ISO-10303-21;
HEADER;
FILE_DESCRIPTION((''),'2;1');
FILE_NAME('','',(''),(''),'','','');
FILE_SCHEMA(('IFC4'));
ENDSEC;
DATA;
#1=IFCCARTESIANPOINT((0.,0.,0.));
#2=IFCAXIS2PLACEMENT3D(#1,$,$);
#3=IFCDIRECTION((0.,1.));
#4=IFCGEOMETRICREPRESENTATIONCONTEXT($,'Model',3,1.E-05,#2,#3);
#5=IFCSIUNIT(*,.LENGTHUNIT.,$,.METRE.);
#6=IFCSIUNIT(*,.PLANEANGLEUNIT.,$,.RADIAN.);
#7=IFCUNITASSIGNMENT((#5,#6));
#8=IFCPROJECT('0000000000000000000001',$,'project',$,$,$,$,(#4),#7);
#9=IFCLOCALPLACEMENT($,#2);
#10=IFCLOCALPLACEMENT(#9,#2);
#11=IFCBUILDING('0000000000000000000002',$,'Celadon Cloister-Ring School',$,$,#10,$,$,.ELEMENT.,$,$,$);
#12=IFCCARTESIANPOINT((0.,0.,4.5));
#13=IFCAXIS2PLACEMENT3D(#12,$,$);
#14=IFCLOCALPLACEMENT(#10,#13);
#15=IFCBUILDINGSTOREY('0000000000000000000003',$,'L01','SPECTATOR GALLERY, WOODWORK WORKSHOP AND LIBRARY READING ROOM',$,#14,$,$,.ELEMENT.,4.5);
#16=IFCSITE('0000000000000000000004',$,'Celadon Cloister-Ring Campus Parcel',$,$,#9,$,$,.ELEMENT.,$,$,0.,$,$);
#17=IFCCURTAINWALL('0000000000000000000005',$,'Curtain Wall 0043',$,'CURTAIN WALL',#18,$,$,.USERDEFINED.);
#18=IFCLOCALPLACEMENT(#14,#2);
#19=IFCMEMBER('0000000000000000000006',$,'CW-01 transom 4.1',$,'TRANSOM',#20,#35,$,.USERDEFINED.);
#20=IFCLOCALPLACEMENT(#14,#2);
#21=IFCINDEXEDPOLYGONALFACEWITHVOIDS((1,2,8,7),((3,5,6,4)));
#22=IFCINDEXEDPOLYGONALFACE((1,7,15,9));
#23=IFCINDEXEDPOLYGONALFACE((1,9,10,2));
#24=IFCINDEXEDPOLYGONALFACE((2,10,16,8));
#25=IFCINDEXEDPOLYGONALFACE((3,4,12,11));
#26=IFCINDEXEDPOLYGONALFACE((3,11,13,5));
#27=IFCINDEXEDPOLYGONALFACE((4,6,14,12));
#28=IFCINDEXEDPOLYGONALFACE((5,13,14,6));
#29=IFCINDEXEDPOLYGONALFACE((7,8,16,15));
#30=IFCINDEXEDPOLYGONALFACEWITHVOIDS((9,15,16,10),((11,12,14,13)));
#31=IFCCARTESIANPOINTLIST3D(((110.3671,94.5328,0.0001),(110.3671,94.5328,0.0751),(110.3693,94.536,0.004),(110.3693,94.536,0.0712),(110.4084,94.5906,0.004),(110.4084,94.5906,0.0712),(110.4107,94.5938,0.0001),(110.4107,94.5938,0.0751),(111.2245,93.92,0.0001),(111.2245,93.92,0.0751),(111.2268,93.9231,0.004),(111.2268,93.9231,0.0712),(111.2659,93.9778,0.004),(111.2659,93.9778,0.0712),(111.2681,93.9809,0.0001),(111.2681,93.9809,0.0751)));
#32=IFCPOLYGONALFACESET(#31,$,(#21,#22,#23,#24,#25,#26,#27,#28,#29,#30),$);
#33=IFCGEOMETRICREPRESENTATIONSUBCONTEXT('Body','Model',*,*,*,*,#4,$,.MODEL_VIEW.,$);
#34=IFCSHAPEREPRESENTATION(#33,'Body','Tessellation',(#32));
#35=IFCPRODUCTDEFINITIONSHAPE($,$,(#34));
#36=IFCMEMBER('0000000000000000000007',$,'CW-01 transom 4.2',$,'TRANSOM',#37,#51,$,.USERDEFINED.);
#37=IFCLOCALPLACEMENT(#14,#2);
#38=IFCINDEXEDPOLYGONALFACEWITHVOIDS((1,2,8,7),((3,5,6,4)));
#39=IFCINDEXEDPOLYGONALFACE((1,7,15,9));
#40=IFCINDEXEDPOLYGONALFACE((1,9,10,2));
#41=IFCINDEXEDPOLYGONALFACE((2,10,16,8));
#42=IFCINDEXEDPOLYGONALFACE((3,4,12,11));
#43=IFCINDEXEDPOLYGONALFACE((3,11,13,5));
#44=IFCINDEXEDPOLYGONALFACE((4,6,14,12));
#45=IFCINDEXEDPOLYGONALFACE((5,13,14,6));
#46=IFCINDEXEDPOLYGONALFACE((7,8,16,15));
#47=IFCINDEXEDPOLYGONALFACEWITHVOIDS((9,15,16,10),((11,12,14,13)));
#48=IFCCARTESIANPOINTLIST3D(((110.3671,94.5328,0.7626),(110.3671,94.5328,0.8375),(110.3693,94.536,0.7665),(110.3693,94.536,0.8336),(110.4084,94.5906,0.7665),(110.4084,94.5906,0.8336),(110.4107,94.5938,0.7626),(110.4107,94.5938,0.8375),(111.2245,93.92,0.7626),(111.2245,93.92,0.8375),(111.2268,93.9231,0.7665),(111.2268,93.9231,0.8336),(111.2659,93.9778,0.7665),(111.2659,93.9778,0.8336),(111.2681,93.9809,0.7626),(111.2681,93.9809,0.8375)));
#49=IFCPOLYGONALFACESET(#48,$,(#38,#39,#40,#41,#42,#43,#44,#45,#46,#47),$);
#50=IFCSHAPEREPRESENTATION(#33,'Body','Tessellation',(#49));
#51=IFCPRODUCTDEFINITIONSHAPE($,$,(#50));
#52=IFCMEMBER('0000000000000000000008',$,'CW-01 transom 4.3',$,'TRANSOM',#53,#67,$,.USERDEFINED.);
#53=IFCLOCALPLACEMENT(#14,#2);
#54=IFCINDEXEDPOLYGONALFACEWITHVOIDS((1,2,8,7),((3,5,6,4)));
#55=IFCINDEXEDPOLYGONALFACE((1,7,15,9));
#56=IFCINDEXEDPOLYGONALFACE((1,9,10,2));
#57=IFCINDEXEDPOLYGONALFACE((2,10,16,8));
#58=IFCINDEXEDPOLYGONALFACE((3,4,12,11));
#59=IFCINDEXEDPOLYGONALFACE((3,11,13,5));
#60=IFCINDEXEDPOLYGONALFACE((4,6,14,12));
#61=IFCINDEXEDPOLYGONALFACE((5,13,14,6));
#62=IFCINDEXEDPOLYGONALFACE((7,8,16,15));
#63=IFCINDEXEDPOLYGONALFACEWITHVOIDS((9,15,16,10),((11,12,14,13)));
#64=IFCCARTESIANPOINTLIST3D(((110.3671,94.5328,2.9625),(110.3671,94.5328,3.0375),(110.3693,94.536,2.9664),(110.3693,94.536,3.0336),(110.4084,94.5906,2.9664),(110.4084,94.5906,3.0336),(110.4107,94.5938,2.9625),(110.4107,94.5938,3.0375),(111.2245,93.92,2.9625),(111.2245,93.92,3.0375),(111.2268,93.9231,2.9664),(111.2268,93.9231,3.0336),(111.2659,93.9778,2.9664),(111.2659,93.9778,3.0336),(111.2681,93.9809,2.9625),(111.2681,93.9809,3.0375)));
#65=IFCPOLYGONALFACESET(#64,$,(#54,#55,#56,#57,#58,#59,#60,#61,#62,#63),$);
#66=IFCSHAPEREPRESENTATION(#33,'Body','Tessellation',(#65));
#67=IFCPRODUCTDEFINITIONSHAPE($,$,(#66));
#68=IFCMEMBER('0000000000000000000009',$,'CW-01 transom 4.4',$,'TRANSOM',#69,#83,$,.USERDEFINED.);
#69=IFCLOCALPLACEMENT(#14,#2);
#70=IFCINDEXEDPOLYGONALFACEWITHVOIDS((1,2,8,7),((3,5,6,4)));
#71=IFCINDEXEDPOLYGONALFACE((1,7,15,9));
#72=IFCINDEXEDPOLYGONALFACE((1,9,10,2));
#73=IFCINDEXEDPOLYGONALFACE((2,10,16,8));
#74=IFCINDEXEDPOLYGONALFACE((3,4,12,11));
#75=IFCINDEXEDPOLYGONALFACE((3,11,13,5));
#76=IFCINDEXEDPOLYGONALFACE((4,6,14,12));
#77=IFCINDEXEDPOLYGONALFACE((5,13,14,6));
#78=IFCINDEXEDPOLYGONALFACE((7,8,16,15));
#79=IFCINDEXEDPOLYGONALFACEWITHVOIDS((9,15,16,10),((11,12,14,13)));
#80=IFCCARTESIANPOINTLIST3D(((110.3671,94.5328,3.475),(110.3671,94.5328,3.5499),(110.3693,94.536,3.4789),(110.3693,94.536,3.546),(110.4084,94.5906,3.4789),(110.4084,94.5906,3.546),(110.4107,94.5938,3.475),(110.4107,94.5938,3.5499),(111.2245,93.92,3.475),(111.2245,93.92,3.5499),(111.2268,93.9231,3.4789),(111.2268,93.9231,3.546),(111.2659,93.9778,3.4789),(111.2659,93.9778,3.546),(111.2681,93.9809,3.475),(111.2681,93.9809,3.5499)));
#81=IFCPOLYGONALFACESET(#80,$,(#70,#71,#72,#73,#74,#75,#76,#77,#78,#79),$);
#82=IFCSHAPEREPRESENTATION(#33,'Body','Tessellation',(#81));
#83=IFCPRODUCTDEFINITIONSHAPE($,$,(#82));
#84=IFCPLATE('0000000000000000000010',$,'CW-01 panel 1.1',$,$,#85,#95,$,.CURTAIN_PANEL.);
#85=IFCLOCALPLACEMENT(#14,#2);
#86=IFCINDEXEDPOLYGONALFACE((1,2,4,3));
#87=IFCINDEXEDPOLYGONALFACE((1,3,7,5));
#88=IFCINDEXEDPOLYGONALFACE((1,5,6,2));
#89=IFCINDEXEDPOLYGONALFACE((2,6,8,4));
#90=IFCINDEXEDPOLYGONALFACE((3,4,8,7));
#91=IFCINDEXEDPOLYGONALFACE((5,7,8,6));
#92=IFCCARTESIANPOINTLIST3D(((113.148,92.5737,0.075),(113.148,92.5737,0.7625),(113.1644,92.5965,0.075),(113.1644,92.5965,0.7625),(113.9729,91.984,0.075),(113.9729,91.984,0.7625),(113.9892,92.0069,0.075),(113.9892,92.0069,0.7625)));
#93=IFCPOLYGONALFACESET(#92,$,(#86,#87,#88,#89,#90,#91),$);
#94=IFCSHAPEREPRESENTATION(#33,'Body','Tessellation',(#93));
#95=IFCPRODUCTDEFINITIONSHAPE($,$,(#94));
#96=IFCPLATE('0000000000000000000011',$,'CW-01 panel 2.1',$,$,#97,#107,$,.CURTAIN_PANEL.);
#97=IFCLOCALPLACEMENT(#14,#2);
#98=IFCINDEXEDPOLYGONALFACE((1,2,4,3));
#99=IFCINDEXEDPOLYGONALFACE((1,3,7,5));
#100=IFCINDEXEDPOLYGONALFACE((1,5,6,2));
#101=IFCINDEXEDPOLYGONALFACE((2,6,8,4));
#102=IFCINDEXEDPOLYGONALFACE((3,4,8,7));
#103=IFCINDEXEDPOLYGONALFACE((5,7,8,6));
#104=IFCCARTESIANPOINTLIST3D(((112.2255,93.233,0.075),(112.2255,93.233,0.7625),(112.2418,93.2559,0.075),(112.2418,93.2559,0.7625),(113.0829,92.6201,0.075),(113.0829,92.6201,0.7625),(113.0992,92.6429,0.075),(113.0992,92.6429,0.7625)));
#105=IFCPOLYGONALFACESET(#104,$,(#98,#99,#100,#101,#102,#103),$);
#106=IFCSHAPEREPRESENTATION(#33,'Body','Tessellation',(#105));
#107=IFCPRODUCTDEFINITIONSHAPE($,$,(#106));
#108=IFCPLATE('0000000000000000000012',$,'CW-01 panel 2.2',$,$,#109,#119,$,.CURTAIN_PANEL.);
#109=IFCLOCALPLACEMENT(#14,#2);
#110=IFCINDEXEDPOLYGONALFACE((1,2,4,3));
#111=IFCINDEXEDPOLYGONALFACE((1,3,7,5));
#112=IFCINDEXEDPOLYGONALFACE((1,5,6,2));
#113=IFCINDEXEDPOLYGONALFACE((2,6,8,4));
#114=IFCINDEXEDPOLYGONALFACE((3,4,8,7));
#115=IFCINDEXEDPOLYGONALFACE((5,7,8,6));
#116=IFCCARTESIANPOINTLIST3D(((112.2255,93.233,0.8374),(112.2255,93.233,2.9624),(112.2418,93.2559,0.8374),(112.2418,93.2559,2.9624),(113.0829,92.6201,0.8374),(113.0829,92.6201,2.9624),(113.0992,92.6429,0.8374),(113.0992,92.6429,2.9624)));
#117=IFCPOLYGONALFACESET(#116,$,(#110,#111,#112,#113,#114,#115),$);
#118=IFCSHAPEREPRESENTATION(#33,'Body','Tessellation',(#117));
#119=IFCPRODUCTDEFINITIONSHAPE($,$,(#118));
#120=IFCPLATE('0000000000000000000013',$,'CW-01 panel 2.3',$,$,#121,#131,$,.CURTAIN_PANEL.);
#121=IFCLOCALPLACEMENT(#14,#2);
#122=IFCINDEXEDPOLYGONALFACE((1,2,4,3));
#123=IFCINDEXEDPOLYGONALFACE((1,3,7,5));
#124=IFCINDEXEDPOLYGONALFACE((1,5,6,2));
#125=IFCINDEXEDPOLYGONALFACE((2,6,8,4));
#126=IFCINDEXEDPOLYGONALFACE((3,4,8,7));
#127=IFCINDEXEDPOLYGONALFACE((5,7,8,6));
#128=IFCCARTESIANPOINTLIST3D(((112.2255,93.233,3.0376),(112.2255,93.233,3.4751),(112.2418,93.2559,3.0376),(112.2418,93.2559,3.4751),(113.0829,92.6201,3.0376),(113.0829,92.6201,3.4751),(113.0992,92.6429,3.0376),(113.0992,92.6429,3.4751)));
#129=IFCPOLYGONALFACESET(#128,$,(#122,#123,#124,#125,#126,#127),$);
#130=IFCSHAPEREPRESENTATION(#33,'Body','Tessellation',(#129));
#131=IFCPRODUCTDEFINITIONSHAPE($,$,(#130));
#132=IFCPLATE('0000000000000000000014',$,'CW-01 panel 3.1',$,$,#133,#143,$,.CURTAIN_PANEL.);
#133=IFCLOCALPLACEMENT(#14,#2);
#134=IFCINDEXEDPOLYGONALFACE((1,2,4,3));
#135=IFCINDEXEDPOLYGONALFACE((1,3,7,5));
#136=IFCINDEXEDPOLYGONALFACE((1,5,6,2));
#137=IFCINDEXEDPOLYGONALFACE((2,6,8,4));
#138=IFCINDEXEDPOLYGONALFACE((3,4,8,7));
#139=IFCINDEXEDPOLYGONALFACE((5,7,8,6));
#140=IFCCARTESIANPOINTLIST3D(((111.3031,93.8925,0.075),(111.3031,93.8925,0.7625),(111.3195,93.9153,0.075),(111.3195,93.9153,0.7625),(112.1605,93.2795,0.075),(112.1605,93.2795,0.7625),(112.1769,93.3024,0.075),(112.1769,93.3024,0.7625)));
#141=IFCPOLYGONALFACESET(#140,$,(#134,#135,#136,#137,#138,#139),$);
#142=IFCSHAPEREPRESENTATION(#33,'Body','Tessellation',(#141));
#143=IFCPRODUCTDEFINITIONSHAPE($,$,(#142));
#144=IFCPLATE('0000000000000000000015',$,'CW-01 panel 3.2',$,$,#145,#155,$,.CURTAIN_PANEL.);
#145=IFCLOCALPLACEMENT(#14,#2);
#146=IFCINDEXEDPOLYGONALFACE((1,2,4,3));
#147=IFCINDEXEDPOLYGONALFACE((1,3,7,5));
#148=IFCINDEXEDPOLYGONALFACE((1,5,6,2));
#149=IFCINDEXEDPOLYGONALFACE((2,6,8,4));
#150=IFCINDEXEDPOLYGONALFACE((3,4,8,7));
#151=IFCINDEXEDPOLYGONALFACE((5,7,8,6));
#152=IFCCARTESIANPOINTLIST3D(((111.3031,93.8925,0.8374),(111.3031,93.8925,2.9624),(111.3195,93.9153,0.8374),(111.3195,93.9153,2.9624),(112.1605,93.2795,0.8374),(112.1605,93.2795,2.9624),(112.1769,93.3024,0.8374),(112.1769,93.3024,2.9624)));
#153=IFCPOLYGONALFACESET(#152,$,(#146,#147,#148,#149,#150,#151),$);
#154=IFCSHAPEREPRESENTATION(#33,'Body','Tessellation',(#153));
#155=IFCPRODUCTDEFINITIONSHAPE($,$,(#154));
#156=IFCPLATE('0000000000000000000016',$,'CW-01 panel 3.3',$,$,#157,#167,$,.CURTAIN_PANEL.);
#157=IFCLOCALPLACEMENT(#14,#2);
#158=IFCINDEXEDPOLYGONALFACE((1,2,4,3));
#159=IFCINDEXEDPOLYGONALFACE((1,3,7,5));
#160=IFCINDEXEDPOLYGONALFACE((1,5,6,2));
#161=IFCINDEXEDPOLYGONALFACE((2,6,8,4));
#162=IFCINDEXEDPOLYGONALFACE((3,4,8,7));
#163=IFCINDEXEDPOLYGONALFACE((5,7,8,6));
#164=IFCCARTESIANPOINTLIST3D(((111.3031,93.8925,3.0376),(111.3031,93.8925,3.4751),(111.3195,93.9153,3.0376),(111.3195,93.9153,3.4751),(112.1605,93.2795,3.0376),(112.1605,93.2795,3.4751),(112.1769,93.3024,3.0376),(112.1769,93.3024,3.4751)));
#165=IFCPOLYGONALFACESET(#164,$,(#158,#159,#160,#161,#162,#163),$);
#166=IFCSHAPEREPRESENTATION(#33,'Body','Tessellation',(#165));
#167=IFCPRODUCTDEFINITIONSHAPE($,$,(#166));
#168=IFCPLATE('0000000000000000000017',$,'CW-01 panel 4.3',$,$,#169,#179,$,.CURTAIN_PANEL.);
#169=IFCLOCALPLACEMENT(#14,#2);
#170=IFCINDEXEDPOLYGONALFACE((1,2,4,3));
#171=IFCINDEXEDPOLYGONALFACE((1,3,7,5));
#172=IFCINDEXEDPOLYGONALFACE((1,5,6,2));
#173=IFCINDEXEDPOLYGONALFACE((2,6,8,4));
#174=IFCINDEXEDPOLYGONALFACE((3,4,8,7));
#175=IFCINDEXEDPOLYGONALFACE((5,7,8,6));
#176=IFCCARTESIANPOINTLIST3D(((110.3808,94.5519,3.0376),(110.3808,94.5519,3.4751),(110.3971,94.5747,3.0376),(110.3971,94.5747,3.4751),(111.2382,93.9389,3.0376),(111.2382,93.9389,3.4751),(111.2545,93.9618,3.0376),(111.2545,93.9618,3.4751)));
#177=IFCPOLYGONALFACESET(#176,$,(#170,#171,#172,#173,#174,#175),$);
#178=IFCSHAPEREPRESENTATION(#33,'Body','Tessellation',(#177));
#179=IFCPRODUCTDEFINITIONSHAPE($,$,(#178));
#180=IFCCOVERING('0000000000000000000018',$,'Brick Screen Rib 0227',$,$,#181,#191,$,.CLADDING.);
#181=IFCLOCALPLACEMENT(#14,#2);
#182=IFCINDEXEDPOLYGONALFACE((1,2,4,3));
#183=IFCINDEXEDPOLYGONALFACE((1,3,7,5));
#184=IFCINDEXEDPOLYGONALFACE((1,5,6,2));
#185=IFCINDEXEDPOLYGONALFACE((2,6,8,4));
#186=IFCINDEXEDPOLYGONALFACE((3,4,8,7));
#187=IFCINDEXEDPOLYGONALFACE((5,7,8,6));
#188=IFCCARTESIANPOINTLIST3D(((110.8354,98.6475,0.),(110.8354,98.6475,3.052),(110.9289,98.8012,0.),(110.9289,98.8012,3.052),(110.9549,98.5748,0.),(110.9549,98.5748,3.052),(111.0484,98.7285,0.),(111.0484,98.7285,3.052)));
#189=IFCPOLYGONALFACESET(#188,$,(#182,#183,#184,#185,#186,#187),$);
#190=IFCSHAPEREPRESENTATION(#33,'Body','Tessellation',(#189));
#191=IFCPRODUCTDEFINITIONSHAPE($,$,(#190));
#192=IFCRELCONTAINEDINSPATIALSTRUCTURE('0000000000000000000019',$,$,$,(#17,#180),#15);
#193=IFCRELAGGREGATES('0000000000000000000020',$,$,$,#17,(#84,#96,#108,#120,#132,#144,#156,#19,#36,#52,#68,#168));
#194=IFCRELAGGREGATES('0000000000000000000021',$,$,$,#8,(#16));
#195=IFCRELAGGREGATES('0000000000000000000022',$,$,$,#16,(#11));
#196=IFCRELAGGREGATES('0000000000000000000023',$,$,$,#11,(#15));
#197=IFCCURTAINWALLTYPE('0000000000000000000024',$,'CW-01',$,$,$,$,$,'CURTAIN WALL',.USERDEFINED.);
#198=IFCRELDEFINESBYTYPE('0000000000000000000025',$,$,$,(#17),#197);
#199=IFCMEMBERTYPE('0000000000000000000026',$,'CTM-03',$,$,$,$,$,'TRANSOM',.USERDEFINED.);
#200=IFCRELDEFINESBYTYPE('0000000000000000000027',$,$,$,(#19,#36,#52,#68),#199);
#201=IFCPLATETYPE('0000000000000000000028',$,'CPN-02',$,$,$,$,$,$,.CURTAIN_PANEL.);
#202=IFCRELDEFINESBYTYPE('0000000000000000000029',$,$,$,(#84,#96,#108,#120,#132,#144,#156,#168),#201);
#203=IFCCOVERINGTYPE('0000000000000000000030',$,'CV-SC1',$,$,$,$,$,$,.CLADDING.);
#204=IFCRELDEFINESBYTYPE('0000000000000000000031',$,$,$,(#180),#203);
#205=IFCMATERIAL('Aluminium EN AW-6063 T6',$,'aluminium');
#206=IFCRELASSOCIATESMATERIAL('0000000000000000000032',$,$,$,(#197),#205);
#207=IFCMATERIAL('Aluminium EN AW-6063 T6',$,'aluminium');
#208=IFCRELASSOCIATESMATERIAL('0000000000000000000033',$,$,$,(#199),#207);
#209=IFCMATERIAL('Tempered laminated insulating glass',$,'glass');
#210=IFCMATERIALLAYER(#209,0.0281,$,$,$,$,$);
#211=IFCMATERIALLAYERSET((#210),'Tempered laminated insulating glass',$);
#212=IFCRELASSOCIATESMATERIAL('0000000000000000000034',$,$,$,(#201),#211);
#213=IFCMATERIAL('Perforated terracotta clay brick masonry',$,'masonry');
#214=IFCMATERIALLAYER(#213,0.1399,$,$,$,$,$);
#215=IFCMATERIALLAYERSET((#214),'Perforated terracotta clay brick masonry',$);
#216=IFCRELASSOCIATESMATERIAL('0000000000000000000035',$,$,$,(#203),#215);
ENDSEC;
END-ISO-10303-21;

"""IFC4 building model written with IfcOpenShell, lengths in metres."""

from ifc_helpers import new_model, si_unit, direction, frame, origin, origin_2d, place, context, subcontext, project, spatial, rectangle, hollow_rectangle, extrude, material, layer, layer_set, material_profile, profile_set, type_object, element, aggregate, save


model = new_model("IFC4")

# Units and contexts
model_context = context("Model", 3, precision=1e-05, world=origin(), true_north=direction((0.0, 1.0)))
body_context = subcontext(model_context, "Body", "Model", "MODEL_VIEW")
ifc_project = project(units=[si_unit("LENGTHUNIT", "METRE"), si_unit("PLANEANGLEUNIT", "RADIAN")], contexts=[model_context])

# Site, building, storey
site_placement = place(None, origin())
site = spatial("IfcSite", under=ifc_project, at=site_placement, Name="Celadon Cloister-Ring Campus Parcel", CompositionType="ELEMENT", RefElevation=0.0)
building_placement = place(site_placement, origin())
building = spatial("IfcBuilding", under=site, at=building_placement, Name="Celadon Cloister-Ring School", CompositionType="ELEMENT")
storey_placement = place(building_placement, frame((0.0, 0.0, 4.5)))
storey = spatial("IfcBuildingStorey", under=building, at=storey_placement, Name="L01", Description="SPECTATOR GALLERY, WOODWORK WORKSHOP AND LIBRARY READING ROOM", CompositionType="ELEMENT", Elevation=4.5)

# Curtain wall, members, plates
ifc_material_1 = material(Name="Aluminium EN AW-6063 T6", Category="aluminium")
curtain_wall_type = type_object("IfcCurtainWallType", Name="CW-01", ElementType="CURTAIN WALL", PredefinedType="USERDEFINED", material=ifc_material_1)
curtain_wall_placement = place(storey_placement, origin())
curtain_wall = element("IfcCurtainWall", 1, at=curtain_wall_placement, inside=storey, type_object=curtain_wall_type, Name="Curtain Wall 0043", ObjectType="CURTAIN WALL", PredefinedType="USERDEFINED")
ifc_material_2 = material(Name="Aluminium EN AW-6063 T6", Category="aluminium")
ifc_material_profile_1 = material_profile(ifc_material_2, hollow_rectangle(XDim=0.075, YDim=0.075, WallThickness=0.0039, at=origin_2d()), Name="RHS75X75X4")
ifc_profile_set_1 = profile_set([ifc_material_profile_1], Name="Aluminium EN AW-6063 T6")
member_type_1 = type_object("IfcMemberType", Name="CTM-03", ElementType="TRANSOM", PredefinedType="USERDEFINED", material=ifc_profile_set_1)
member_1_placement = place(storey_placement, frame((111.2463, 93.9504, 0.0376), z_axis=(-0.813577, 0.581457, 0.0), x_axis=(-0.581457, -0.813577, 0.0)))
member_1 = element("IfcMember", 2, at=member_1_placement, type_object=member_type_1, Name="CW-01 transom 4.1", ObjectType="TRANSOM", PredefinedType="USERDEFINED", context=body_context, shape_type="SweptSolid", body=[
    extrude(hollow_rectangle(XDim=0.075, YDim=0.075, WallThickness=0.0039, at=origin_2d()), origin(), (0.0, 0.0, 1.0), 1.054),
])
member_2_placement = place(storey_placement, frame((111.2463, 93.9504, 0.8), z_axis=(-0.813577, 0.581457, 0.0), x_axis=(-0.581457, -0.813577, 0.0)))
member_2 = element("IfcMember", 3, at=member_2_placement, type_object=member_type_1, Name="CW-01 transom 4.2", ObjectType="TRANSOM", PredefinedType="USERDEFINED", context=body_context, shape_type="SweptSolid", body=[
    extrude(hollow_rectangle(XDim=0.075, YDim=0.075, WallThickness=0.0039, at=origin_2d()), origin(), (0.0, 0.0, 1.0), 1.054),
])
member_3_placement = place(storey_placement, frame((111.2463, 93.9504, 3.0), z_axis=(-0.813577, 0.581457, 0.0), x_axis=(-0.581457, -0.813577, 0.0)))
member_3 = element("IfcMember", 4, at=member_3_placement, type_object=member_type_1, Name="CW-01 transom 4.3", ObjectType="TRANSOM", PredefinedType="USERDEFINED", context=body_context, shape_type="SweptSolid", body=[
    extrude(hollow_rectangle(XDim=0.075, YDim=0.075, WallThickness=0.0039, at=origin_2d()), origin(), (0.0, 0.0, 1.0), 1.054),
])
member_4_placement = place(storey_placement, frame((111.2463, 93.9504, 3.5125), z_axis=(-0.813577, 0.581457, 0.0), x_axis=(-0.581457, -0.813577, 0.0)))
member_4 = element("IfcMember", 5, at=member_4_placement, type_object=member_type_1, Name="CW-01 transom 4.4", ObjectType="TRANSOM", PredefinedType="USERDEFINED", context=body_context, shape_type="SweptSolid", body=[
    extrude(hollow_rectangle(XDim=0.075, YDim=0.075, WallThickness=0.0039, at=origin_2d()), origin(), (0.0, 0.0, 1.0), 1.054),
])
ifc_material_3 = material(Name="Tempered laminated insulating glass", Category="glass")
ifc_layer_1 = layer(ifc_material_3, 0.0281)
ifc_layer_set_1 = layer_set([ifc_layer_1], Name="Tempered laminated insulating glass")
plate_type = type_object("IfcPlateType", Name="CPN-02", PredefinedType="CURTAIN_PANEL", material=ifc_layer_set_1)
plate_1_placement = place(storey_placement, frame((113.5686, 92.2903, 0.075), z_axis=(0.0, 0.0, 1.0), x_axis=(-0.813507, 0.581555, 0.0)))
plate_1 = element("IfcPlate", 6, at=plate_1_placement, type_object=plate_type, Name="CW-01 panel 1.1", PredefinedType="CURTAIN_PANEL", context=body_context, shape_type="SweptSolid", body=[
    extrude(rectangle(XDim=1.0139, YDim=0.0281, at=origin_2d()), origin(), (0.0, 0.0, 1.0), 0.6875),
])
plate_2_placement = place(storey_placement, frame((112.6624, 92.938, 0.075), z_axis=(0.0, 0.0, 1.0), x_axis=(-0.813507, 0.581555, 0.0)))
plate_2 = element("IfcPlate", 7, at=plate_2_placement, type_object=plate_type, Name="CW-01 panel 2.1", PredefinedType="CURTAIN_PANEL", context=body_context, shape_type="SweptSolid", body=[
    extrude(rectangle(XDim=1.054, YDim=0.0281, at=origin_2d()), origin(), (0.0, 0.0, 1.0), 0.6875),
])
plate_3_placement = place(storey_placement, frame((112.6624, 92.938, 0.8374), z_axis=(0.0, 0.0, 1.0), x_axis=(-0.813507, 0.581555, 0.0)))
plate_3 = element("IfcPlate", 8, at=plate_3_placement, type_object=plate_type, Name="CW-01 panel 2.2", PredefinedType="CURTAIN_PANEL", context=body_context, shape_type="SweptSolid", body=[
    extrude(rectangle(XDim=1.054, YDim=0.0281, at=origin_2d()), origin(), (0.0, 0.0, 1.0), 2.125),
])
plate_4_placement = place(storey_placement, frame((112.6624, 92.938, 3.0376), z_axis=(0.0, 0.0, 1.0), x_axis=(-0.813507, 0.581555, 0.0)))
plate_4 = element("IfcPlate", 9, at=plate_4_placement, type_object=plate_type, Name="CW-01 panel 2.3", PredefinedType="CURTAIN_PANEL", context=body_context, shape_type="SweptSolid", body=[
    extrude(rectangle(XDim=1.054, YDim=0.0281, at=origin_2d()), origin(), (0.0, 0.0, 1.0), 0.4375),
])
plate_5_placement = place(storey_placement, frame((111.74, 93.5974, 0.075), z_axis=(0.0, 0.0, 1.0), x_axis=(-0.813507, 0.581555, 0.0)))
plate_5 = element("IfcPlate", 10, at=plate_5_placement, type_object=plate_type, Name="CW-01 panel 3.1", PredefinedType="CURTAIN_PANEL", context=body_context, shape_type="SweptSolid", body=[
    extrude(rectangle(XDim=1.054, YDim=0.0281, at=origin_2d()), origin(), (0.0, 0.0, 1.0), 0.6875),
])
plate_6_placement = place(storey_placement, frame((111.74, 93.5974, 0.8374), z_axis=(0.0, 0.0, 1.0), x_axis=(-0.813507, 0.581555, 0.0)))
plate_6 = element("IfcPlate", 11, at=plate_6_placement, type_object=plate_type, Name="CW-01 panel 3.2", PredefinedType="CURTAIN_PANEL", context=body_context, shape_type="SweptSolid", body=[
    extrude(rectangle(XDim=1.054, YDim=0.0281, at=origin_2d()), origin(), (0.0, 0.0, 1.0), 2.125),
])
plate_7_placement = place(storey_placement, frame((111.74, 93.5974, 3.0376), z_axis=(0.0, 0.0, 1.0), x_axis=(-0.813507, 0.581555, 0.0)))
plate_7 = element("IfcPlate", 12, at=plate_7_placement, type_object=plate_type, Name="CW-01 panel 3.3", PredefinedType="CURTAIN_PANEL", context=body_context, shape_type="SweptSolid", body=[
    extrude(rectangle(XDim=1.054, YDim=0.0281, at=origin_2d()), origin(), (0.0, 0.0, 1.0), 0.4375),
])
plate_8_placement = place(storey_placement, frame((110.8176, 94.2568, 3.0376), z_axis=(0.0, 0.0, 1.0), x_axis=(-0.813507, 0.581555, 0.0)))
plate_8 = element("IfcPlate", 13, at=plate_8_placement, type_object=plate_type, Name="CW-01 panel 4.3", PredefinedType="CURTAIN_PANEL", context=body_context, shape_type="SweptSolid", body=[
    extrude(rectangle(XDim=1.054, YDim=0.0281, at=origin_2d()), origin(), (0.0, 0.0, 1.0), 0.4375),
])
aggregate(curtain_wall, [plate_1, plate_2, plate_3, plate_4, plate_5, plate_6, plate_7, member_1, member_2, member_3, member_4, plate_8])

# Covering
ifc_material_4 = material(Name="Perforated terracotta clay brick masonry", Category="masonry")
ifc_layer_2 = layer(ifc_material_4, 0.1399)
ifc_layer_set_2 = layer_set([ifc_layer_2], Name="Perforated terracotta clay brick masonry")
covering_type = type_object("IfcCoveringType", Name="CV-SC1", PredefinedType="CLADDING", material=ifc_layer_set_2)
for number, where, z_axis, x_axis, name in (
    (14, (110.9419, 98.688, 0.0), (0.0, 0.0, 1.0), (0.519862, 0.85425, 0.0), "Brick Screen Rib 0227"),
):
    element("IfcCovering", number, at=place(storey_placement, frame(where, z_axis=z_axis, x_axis=x_axis)), inside=storey, type_object=covering_type, Name=name, PredefinedType="CLADDING", context=body_context, shape_type="SweptSolid", body=[
        extrude(rectangle(XDim=0.1799, YDim=0.1399, at=origin_2d()), origin(), (0.0, 0.0, 1.0), 3.052),
    ])

save(model, "model.ifc")
